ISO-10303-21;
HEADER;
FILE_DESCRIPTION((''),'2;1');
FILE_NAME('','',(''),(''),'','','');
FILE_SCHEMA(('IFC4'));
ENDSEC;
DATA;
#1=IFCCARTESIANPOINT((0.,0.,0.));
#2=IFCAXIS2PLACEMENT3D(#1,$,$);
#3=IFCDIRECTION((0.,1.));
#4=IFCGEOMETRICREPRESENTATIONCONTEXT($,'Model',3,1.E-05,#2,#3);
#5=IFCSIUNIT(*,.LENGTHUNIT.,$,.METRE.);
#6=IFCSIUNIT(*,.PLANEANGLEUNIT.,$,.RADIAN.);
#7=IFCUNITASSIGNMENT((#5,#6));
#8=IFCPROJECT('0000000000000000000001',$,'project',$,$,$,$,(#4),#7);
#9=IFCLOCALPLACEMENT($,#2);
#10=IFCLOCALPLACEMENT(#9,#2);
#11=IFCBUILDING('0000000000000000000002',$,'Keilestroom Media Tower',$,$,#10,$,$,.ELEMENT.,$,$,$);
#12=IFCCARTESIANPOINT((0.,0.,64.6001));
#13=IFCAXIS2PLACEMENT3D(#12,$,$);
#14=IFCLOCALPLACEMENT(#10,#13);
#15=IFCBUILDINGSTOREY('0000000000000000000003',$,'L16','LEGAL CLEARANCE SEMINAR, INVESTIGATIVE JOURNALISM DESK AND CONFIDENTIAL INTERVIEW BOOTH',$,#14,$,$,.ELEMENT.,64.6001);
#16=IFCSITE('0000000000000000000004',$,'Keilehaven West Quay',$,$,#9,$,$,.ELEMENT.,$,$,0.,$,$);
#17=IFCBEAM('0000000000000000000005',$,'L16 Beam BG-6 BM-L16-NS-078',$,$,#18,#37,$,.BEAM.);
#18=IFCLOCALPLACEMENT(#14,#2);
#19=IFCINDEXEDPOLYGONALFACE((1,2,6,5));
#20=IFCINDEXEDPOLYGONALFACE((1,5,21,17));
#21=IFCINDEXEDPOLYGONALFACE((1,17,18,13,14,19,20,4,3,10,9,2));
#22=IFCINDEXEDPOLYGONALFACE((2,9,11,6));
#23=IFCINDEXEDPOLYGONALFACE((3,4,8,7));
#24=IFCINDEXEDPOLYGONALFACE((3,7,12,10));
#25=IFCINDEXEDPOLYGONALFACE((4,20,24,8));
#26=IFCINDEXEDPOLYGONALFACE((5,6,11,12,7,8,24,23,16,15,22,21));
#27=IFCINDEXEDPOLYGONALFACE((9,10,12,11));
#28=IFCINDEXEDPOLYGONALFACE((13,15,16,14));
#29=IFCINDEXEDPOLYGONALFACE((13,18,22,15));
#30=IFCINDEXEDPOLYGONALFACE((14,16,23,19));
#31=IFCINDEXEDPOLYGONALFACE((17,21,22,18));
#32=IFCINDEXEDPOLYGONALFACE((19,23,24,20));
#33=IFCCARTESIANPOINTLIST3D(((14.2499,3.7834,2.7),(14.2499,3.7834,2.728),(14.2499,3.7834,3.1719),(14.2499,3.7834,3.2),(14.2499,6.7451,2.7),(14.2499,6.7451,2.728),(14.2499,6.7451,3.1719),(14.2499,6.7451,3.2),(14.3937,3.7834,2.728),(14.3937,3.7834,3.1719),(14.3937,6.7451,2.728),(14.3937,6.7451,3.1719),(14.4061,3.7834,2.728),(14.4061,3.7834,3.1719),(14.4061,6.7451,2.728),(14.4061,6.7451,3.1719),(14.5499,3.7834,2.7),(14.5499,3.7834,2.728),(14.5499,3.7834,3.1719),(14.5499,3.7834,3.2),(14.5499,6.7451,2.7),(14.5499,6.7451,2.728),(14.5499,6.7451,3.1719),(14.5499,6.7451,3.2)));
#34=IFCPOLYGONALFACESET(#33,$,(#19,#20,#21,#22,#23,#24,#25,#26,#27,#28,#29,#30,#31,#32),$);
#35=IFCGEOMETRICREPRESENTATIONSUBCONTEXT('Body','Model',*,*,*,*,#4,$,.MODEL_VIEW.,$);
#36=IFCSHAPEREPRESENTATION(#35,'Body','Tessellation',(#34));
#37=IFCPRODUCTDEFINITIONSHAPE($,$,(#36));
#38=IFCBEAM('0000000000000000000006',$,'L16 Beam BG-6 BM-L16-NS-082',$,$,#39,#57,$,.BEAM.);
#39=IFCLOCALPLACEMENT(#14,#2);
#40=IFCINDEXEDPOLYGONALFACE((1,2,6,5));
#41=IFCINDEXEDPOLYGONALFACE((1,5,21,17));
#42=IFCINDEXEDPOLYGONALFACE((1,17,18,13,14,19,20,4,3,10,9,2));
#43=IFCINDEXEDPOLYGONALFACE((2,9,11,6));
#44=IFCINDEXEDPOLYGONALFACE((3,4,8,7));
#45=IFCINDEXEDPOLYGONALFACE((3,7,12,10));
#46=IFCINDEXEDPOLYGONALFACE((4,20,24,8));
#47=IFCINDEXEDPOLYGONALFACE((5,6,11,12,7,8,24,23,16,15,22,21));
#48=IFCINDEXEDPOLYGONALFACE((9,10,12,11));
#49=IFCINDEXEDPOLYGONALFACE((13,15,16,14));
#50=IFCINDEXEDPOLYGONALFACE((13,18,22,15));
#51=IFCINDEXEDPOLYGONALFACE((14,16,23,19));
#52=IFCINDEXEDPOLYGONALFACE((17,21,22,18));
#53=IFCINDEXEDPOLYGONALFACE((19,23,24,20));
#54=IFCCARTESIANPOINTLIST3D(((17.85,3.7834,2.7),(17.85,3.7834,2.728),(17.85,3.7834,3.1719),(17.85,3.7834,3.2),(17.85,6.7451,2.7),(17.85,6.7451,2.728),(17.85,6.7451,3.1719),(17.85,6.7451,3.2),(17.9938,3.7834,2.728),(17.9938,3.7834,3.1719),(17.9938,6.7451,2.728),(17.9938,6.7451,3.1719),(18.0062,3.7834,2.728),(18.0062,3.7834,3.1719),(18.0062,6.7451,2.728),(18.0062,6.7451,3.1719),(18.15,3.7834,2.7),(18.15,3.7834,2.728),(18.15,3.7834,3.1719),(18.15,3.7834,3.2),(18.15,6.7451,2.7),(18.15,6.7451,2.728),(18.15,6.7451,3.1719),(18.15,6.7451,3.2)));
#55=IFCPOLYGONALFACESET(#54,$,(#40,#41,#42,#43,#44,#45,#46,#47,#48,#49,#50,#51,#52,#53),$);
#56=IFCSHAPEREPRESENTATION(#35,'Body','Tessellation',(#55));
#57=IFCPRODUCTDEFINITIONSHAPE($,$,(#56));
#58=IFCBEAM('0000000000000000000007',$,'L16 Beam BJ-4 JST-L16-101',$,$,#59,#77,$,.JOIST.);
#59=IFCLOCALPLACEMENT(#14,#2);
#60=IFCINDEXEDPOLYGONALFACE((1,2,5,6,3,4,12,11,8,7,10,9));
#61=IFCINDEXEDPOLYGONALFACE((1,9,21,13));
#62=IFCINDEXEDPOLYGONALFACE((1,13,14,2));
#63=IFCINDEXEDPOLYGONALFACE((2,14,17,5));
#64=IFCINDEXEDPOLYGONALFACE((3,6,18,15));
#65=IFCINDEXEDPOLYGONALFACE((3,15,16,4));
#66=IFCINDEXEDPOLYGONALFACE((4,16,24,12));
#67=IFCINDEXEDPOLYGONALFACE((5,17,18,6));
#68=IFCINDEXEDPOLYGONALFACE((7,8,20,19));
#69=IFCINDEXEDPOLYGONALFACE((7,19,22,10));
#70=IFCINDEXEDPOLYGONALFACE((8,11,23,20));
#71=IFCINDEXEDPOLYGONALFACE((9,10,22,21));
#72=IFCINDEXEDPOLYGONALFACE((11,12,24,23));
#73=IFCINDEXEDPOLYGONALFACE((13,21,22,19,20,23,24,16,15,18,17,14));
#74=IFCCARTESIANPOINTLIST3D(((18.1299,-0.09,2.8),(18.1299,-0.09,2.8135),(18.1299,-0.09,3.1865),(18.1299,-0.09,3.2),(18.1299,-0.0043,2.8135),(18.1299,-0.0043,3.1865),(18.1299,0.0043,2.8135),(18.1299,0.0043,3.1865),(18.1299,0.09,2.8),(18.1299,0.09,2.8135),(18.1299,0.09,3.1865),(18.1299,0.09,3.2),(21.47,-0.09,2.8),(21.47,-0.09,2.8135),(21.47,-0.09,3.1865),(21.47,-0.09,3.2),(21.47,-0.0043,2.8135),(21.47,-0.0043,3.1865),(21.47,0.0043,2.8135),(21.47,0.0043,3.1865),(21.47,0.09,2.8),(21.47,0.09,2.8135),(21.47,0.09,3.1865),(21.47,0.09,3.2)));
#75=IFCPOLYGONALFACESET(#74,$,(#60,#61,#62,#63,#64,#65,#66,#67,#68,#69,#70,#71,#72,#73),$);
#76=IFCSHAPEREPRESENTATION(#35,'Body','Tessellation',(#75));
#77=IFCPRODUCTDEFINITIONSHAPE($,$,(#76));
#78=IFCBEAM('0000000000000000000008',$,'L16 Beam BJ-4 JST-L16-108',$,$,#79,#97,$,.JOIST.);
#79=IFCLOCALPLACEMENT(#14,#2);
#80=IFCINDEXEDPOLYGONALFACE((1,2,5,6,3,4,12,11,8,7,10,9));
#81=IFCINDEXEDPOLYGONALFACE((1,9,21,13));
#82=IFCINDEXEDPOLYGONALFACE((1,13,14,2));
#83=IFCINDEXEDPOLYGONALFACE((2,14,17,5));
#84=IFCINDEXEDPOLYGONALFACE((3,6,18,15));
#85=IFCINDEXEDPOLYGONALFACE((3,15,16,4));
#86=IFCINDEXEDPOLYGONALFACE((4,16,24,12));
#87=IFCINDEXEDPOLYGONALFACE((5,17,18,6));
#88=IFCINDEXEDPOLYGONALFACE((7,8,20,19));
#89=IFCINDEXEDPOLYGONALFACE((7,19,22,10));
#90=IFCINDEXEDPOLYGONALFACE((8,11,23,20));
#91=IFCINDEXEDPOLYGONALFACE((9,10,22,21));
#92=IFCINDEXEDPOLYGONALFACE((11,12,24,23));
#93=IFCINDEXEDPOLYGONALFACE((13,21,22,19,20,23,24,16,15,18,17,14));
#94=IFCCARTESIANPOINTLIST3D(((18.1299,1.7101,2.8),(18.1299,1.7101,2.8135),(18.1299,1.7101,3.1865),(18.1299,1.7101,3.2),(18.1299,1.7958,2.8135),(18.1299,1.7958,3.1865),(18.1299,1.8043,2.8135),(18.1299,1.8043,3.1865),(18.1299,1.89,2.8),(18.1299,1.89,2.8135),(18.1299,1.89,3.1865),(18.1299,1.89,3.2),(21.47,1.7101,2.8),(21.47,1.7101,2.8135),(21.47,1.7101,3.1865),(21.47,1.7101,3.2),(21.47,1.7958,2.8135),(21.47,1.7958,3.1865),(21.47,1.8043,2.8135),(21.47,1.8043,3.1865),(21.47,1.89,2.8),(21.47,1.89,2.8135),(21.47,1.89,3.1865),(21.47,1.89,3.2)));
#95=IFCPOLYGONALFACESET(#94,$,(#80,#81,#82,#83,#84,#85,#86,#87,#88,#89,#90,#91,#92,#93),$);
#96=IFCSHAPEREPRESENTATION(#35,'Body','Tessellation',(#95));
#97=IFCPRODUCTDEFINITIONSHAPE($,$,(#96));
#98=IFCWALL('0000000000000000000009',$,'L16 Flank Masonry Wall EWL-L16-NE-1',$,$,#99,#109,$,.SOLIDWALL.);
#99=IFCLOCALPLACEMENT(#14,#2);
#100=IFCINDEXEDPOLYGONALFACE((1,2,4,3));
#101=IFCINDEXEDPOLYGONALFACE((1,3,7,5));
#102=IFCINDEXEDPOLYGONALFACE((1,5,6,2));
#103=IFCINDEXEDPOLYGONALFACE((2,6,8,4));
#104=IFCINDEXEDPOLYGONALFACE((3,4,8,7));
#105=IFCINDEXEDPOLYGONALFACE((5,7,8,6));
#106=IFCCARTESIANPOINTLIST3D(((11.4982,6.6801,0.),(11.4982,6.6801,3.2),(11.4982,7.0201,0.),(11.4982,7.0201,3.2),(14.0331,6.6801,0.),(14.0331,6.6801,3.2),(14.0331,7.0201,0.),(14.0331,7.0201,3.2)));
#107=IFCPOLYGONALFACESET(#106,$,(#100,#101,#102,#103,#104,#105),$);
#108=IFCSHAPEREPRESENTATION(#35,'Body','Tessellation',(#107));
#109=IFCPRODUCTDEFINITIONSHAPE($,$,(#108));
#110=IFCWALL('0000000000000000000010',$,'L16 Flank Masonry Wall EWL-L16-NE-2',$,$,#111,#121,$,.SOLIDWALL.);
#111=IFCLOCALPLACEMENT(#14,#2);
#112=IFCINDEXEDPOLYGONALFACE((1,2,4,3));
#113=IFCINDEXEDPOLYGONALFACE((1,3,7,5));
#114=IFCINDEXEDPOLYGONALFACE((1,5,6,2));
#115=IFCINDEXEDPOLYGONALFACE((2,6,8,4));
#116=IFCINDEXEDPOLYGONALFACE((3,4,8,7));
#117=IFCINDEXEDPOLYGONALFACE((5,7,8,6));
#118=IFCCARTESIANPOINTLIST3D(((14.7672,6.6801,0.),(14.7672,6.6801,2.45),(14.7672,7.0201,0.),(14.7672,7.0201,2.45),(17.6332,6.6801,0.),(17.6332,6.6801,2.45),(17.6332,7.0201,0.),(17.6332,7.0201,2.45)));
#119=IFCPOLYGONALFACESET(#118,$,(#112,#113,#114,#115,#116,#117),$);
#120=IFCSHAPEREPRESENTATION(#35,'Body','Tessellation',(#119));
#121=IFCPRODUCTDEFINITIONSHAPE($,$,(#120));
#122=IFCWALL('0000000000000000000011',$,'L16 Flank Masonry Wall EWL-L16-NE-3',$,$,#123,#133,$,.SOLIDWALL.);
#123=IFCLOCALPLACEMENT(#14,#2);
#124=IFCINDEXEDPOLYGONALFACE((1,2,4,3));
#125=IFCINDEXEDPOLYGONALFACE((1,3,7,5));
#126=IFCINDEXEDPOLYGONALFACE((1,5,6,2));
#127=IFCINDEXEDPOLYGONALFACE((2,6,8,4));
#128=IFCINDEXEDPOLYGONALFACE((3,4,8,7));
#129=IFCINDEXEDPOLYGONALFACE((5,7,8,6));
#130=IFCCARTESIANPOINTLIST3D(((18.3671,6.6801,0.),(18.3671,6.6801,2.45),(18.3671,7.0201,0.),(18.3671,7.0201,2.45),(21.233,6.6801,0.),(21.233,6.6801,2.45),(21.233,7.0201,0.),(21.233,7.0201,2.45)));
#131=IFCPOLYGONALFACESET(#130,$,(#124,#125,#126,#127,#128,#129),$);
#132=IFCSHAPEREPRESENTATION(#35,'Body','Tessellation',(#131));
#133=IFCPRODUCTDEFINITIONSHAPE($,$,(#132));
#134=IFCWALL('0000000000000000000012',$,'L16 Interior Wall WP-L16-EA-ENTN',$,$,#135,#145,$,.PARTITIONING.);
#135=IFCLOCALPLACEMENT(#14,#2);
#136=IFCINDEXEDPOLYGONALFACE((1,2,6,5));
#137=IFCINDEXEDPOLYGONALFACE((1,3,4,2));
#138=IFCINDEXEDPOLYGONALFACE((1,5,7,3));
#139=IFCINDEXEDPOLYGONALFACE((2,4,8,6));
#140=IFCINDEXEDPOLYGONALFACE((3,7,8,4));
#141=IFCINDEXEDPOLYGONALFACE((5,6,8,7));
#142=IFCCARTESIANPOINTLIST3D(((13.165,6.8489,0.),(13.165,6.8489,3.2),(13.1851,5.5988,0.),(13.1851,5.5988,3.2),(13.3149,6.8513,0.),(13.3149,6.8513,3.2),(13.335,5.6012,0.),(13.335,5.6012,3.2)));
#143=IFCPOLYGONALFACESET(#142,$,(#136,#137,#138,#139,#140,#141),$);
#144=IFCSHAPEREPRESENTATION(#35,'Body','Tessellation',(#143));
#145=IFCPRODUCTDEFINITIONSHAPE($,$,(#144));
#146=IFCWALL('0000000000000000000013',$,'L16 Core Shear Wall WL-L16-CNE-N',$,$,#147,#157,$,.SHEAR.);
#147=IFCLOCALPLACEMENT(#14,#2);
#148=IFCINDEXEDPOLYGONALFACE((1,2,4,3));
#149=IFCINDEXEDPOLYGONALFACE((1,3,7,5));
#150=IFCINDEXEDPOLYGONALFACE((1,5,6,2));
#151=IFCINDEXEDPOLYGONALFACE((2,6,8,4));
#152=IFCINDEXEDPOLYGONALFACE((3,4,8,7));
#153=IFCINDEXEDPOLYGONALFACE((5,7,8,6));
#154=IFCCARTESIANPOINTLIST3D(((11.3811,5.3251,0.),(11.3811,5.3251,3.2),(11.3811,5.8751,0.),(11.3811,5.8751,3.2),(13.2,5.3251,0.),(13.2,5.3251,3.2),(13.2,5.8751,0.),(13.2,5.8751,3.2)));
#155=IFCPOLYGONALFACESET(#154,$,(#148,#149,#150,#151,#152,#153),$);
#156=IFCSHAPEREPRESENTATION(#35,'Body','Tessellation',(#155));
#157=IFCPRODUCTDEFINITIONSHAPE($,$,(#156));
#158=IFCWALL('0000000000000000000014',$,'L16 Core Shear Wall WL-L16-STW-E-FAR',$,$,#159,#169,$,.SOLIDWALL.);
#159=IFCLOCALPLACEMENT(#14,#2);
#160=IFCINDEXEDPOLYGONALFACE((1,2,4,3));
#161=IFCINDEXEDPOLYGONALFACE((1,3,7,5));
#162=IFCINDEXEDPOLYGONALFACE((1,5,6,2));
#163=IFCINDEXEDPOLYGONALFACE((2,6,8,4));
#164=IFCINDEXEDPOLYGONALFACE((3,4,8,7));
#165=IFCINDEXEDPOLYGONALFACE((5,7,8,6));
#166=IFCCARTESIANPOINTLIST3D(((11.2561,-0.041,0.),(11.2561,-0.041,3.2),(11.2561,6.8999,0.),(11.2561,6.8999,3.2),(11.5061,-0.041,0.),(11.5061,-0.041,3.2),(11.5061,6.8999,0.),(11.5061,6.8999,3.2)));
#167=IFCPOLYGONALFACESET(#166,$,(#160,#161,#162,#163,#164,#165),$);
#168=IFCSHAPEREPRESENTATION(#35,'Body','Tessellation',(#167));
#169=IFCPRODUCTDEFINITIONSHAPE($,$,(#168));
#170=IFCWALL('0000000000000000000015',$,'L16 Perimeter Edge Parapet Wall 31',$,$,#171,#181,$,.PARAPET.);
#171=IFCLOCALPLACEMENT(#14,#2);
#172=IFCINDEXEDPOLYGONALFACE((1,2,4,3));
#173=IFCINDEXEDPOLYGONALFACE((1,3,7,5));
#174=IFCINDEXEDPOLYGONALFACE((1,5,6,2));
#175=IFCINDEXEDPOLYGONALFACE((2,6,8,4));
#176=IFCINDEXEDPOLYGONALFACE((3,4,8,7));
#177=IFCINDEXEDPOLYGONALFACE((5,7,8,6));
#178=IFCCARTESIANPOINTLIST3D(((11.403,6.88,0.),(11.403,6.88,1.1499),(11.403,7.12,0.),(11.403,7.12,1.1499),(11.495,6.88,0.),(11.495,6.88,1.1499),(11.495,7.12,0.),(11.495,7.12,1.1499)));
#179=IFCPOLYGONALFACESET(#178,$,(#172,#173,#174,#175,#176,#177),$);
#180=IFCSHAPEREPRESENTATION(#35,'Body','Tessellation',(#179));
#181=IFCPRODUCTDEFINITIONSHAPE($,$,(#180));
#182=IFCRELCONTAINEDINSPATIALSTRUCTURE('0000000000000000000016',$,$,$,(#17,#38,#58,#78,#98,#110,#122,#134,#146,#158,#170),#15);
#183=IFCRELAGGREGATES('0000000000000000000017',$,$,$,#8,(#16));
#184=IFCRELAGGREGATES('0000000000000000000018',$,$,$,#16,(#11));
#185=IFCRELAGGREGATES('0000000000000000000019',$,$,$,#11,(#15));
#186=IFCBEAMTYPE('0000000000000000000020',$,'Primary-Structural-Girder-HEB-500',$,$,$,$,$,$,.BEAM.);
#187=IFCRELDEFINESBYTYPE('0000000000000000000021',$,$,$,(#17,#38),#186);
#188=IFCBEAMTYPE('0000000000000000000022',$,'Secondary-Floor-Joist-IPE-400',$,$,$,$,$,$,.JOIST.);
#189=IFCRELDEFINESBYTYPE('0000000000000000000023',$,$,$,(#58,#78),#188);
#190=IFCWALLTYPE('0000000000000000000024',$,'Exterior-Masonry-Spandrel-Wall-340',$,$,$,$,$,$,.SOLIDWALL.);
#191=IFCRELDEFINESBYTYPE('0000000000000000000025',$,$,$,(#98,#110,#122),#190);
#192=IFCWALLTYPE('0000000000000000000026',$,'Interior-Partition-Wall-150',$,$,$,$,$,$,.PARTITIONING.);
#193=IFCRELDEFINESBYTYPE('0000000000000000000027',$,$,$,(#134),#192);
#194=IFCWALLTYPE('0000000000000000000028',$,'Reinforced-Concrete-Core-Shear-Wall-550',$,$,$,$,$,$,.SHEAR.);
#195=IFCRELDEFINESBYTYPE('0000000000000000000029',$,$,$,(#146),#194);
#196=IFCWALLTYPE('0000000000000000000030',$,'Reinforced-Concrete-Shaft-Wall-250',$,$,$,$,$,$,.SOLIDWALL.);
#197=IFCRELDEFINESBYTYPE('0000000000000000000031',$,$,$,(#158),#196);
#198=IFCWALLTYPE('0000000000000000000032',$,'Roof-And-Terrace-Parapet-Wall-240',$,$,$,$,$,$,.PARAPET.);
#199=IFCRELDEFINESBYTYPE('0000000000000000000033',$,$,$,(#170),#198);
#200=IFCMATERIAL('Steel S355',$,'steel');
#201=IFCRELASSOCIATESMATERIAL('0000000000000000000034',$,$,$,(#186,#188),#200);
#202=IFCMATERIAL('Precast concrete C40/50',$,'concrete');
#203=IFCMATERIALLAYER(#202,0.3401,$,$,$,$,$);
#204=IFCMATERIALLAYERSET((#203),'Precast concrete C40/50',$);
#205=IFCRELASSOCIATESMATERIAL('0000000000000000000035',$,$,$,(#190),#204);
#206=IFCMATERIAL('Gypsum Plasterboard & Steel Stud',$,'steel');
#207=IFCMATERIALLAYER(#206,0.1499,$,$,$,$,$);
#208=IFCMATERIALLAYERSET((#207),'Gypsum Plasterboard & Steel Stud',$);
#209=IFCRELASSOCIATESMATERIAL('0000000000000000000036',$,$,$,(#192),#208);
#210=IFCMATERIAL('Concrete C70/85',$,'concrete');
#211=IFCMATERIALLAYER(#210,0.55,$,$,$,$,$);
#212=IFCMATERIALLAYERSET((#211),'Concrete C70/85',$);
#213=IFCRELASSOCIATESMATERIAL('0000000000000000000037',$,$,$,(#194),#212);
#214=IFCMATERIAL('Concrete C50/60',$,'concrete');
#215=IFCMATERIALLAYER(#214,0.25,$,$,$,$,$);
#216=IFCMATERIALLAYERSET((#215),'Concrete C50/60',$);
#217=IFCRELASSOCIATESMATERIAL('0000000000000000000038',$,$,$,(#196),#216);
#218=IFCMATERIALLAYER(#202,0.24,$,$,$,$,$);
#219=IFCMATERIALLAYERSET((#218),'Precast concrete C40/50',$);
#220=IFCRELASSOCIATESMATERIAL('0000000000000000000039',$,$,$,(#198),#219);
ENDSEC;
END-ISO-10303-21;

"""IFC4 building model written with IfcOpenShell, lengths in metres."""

from ifc_helpers import new_model, si_unit, direction, frame, frame_2d, origin, origin_2d, place, context, subcontext, project, spatial, rectangle, i_section, extrude, source, transform, mapped, material, layer, layer_set, material_profile, profile_set, type_object, element, save


model = new_model("IFC4")

# Units and contexts
model_context = context("Model", 3, precision=1e-05, world=origin(), true_north=direction((0.0, 1.0)))
body_context = subcontext(model_context, "Body", "Model", "MODEL_VIEW")
ifc_project = project(units=[si_unit("LENGTHUNIT", "METRE"), si_unit("PLANEANGLEUNIT", "RADIAN")], contexts=[model_context])

# Site, building, storey
site_placement = place(None, origin())
site = spatial("IfcSite", under=ifc_project, at=site_placement, Name="Keilehaven West Quay", CompositionType="ELEMENT", RefElevation=0.0)
building_placement = place(site_placement, origin())
building = spatial("IfcBuilding", under=site, at=building_placement, Name="Keilestroom Media Tower", CompositionType="ELEMENT")
storey_placement = place(building_placement, frame((0.0, 0.0, 64.6001)))
storey = spatial("IfcBuildingStorey", under=building, at=storey_placement, Name="L16", Description="LEGAL CLEARANCE SEMINAR, INVESTIGATIVE JOURNALISM DESK AND CONFIDENTIAL INTERVIEW BOOTH", CompositionType="ELEMENT", Elevation=64.6001)

# Shared definitions
ifc_material_1 = material(Name="Precast concrete C40/50", Category="concrete")

# Beams
ifc_material_2 = material(Name="Steel S355", Category="steel")
ifc_material_profile_1 = material_profile(ifc_material_2, i_section(OverallWidth=0.3, OverallDepth=0.5, WebThickness=0.0125, FlangeThickness=0.0281, at=origin_2d()), Name="HEB 500")
ifc_profile_set_1 = profile_set([ifc_material_profile_1], Name="Steel S355")
beam_type_1 = type_object("IfcBeamType", Name="Primary-Structural-Girder-HEB-500", PredefinedType="BEAM", material=ifc_profile_set_1)
shared_shape_1 = source(origin(), body_context, "Body", "SweptSolid", [
    extrude(i_section(OverallWidth=0.3, OverallDepth=0.5, WebThickness=0.0125, FlangeThickness=0.0281, at=origin_2d()), origin(), (0.0, 0.0, 1.0), 2.9617),
])
for number, where, z_axis, x_axis, name in (
    (1, (14.3999, 3.7834, 2.95), (0.0, 1.0, 0.0), (-1.0, 0.0, 0.0), "L16 Beam BG-6 BM-L16-NS-078"),
    (2, (18.0, 3.7834, 2.95), (0.0, 1.0, 0.0), (-1.0, 0.0, 0.0), "L16 Beam BG-6 BM-L16-NS-082"),
):
    element("IfcBeam", number, at=place(storey_placement, frame(where, z_axis=z_axis, x_axis=x_axis)), inside=storey, type_object=beam_type_1, Name=name, PredefinedType="BEAM", context=body_context, shape_type="MappedRepresentation", body=[
        mapped(shared_shape_1, transform((0.0, 0.0, 0.0), x_axis=(1.0, 0.0, 0.0), y_axis=(0.0, 1.0, 0.0), z_axis=(0.0, 0.0, 1.0), scale=1.0)),
    ])
ifc_material_profile_2 = material_profile(ifc_material_2, i_section(OverallWidth=0.1799, OverallDepth=0.3999, WebThickness=0.0085, FlangeThickness=0.0134, at=origin_2d()), Name="IPE 400")
ifc_profile_set_2 = profile_set([ifc_material_profile_2], Name="Steel S355")
beam_type_2 = type_object("IfcBeamType", Name="Secondary-Floor-Joist-IPE-400", PredefinedType="JOIST", material=ifc_profile_set_2)
shared_shape_2 = source(origin(), body_context, "Body", "SweptSolid", [
    extrude(i_section(OverallWidth=0.1799, OverallDepth=0.3999, WebThickness=0.0085, FlangeThickness=0.0134, at=origin_2d()), origin(), (0.0, 0.0, 1.0), 3.3401),
])
for number, where, z_axis, x_axis, name in (
    (3, (18.1299, 0.0, 3.0), (1.0, 0.0, 0.0), (0.0, 1.0, 0.0), "L16 Beam BJ-4 JST-L16-101"),
    (4, (18.1299, 1.8, 3.0), (1.0, 0.0, 0.0), (0.0, 1.0, 0.0), "L16 Beam BJ-4 JST-L16-108"),
):
    element("IfcBeam", number, at=place(storey_placement, frame(where, z_axis=z_axis, x_axis=x_axis)), inside=storey, type_object=beam_type_2, Name=name, PredefinedType="JOIST", context=body_context, shape_type="MappedRepresentation", body=[
        mapped(shared_shape_2, transform((0.0, 0.0, 0.0), x_axis=(1.0, 0.0, 0.0), y_axis=(0.0, 1.0, 0.0), z_axis=(0.0, 0.0, 1.0), scale=1.0)),
    ])

# Walls
ifc_layer_1 = layer(ifc_material_1, 0.3401)
ifc_layer_set_1 = layer_set([ifc_layer_1], Name="Precast concrete C40/50")
wall_type_1 = type_object("IfcWallType", Name="Exterior-Masonry-Spandrel-Wall-340", PredefinedType="SOLIDWALL", material=ifc_layer_set_1)
wall_1_placement = place(storey_placement, frame((11.498, 6.8501, 0.0), z_axis=(0.0, 0.0, 1.0), x_axis=(1.0, 0.0, 0.0)))
element("IfcWall", 5, at=wall_1_placement, inside=storey, type_object=wall_type_1, Name="L16 Flank Masonry Wall EWL-L16-NE-1", PredefinedType="SOLIDWALL", context=body_context, shape_type="SweptSolid", body=[
    extrude(rectangle(XDim=2.5349, YDim=0.3401, at=frame_2d((1.2676, 0.0))), origin(), (0.0, 0.0, 1.0), 3.2),
])
for number, where, z_axis, x_axis, name in (
    (6, (14.7671, 6.8501, 0.0), (0.0, 0.0, 1.0), (1.0, 0.0, 0.0), "L16 Flank Masonry Wall EWL-L16-NE-2"),
    (7, (18.3669, 6.8501, 0.0), (0.0, 0.0, 1.0), (1.0, 0.0, 0.0), "L16 Flank Masonry Wall EWL-L16-NE-3"),
):
    element("IfcWall", number, at=place(storey_placement, frame(where, z_axis=z_axis, x_axis=x_axis)), inside=storey, type_object=wall_type_1, Name=name, PredefinedType="SOLIDWALL", context=body_context, shape_type="SweptSolid", body=[
        extrude(rectangle(XDim=2.866, YDim=0.3401, at=frame_2d((1.4331, 0.0))), origin(), (0.0, 0.0, 1.0), 2.45),
    ])
ifc_material_3 = material(Name="Gypsum Plasterboard & Steel Stud", Category="steel")
ifc_layer_2 = layer(ifc_material_3, 0.1499)
ifc_layer_set_2 = layer_set([ifc_layer_2], Name="Gypsum Plasterboard & Steel Stud")
wall_type_2 = type_object("IfcWallType", Name="Interior-Partition-Wall-150", PredefinedType="PARTITIONING", material=ifc_layer_set_2)
wall_2_placement = place(storey_placement, frame((13.26, 5.6001, 0.0), z_axis=(0.0, 0.0, 1.0), x_axis=(-0.016014, 0.999872, 0.0)))
element("IfcWall", 8, at=wall_2_placement, inside=storey, type_object=wall_type_2, Name="L16 Interior Wall WP-L16-EA-ENTN", PredefinedType="PARTITIONING", context=body_context, shape_type="SweptSolid", body=[
    extrude(rectangle(XDim=1.2502, YDim=0.1499, at=frame_2d((0.625, 0.0))), origin(), (0.0, 0.0, 1.0), 3.2),
])
ifc_material_4 = material(Name="Concrete C70/85", Category="concrete")
ifc_layer_3 = layer(ifc_material_4, 0.55)
ifc_layer_set_3 = layer_set([ifc_layer_3], Name="Concrete C70/85")
wall_type_3 = type_object("IfcWallType", Name="Reinforced-Concrete-Core-Shear-Wall-550", PredefinedType="SHEAR", material=ifc_layer_set_3)
wall_3_placement = place(storey_placement, frame((11.3811, 5.6001, 0.0), z_axis=(0.0, 0.0, 1.0), x_axis=(1.0, 0.0, 0.0)))
element("IfcWall", 9, at=wall_3_placement, inside=storey, type_object=wall_type_3, Name="L16 Core Shear Wall WL-L16-CNE-N", PredefinedType="SHEAR", context=body_context, shape_type="SweptSolid", body=[
    extrude(rectangle(XDim=1.8188, YDim=0.55, at=frame_2d((0.9094, 0.0))), origin(), (0.0, 0.0, 1.0), 3.2),
])
ifc_material_5 = material(Name="Concrete C50/60", Category="concrete")
ifc_layer_4 = layer(ifc_material_5, 0.25)
ifc_layer_set_4 = layer_set([ifc_layer_4], Name="Concrete C50/60")
wall_type_4 = type_object("IfcWallType", Name="Reinforced-Concrete-Shaft-Wall-250", PredefinedType="SOLIDWALL", material=ifc_layer_set_4)
wall_4_placement = place(storey_placement, frame((11.3811, -0.041, 0.0), z_axis=(0.0, 0.0, 1.0), x_axis=(0.0, 1.0, 0.0)))
element("IfcWall", 10, at=wall_4_placement, inside=storey, type_object=wall_type_4, Name="L16 Core Shear Wall WL-L16-STW-E-FAR", PredefinedType="SOLIDWALL", context=body_context, shape_type="SweptSolid", body=[
    extrude(rectangle(XDim=6.9409, YDim=0.25, at=frame_2d((3.4705, 0.0))), origin(), (0.0, 0.0, 1.0), 3.2),
])
ifc_layer_5 = layer(ifc_material_1, 0.24)
ifc_layer_set_5 = layer_set([ifc_layer_5], Name="Precast concrete C40/50")
wall_type_5 = type_object("IfcWallType", Name="Roof-And-Terrace-Parapet-Wall-240", PredefinedType="PARAPET", material=ifc_layer_set_5)
wall_5_placement = place(storey_placement, frame((11.4031, 7.0, 0.0), z_axis=(0.0, 0.0, 1.0), x_axis=(1.0, 0.0, 0.0)))
element("IfcWall", 11, at=wall_5_placement, inside=storey, type_object=wall_type_5, Name="L16 Perimeter Edge Parapet Wall 31", PredefinedType="PARAPET", context=body_context, shape_type="SweptSolid", body=[
    extrude(rectangle(XDim=0.092, YDim=0.24, at=frame_2d((0.0459, 0.0))), origin(), (0.0, 0.0, 1.0), 1.1499),
])

save(model, "model.ifc")
